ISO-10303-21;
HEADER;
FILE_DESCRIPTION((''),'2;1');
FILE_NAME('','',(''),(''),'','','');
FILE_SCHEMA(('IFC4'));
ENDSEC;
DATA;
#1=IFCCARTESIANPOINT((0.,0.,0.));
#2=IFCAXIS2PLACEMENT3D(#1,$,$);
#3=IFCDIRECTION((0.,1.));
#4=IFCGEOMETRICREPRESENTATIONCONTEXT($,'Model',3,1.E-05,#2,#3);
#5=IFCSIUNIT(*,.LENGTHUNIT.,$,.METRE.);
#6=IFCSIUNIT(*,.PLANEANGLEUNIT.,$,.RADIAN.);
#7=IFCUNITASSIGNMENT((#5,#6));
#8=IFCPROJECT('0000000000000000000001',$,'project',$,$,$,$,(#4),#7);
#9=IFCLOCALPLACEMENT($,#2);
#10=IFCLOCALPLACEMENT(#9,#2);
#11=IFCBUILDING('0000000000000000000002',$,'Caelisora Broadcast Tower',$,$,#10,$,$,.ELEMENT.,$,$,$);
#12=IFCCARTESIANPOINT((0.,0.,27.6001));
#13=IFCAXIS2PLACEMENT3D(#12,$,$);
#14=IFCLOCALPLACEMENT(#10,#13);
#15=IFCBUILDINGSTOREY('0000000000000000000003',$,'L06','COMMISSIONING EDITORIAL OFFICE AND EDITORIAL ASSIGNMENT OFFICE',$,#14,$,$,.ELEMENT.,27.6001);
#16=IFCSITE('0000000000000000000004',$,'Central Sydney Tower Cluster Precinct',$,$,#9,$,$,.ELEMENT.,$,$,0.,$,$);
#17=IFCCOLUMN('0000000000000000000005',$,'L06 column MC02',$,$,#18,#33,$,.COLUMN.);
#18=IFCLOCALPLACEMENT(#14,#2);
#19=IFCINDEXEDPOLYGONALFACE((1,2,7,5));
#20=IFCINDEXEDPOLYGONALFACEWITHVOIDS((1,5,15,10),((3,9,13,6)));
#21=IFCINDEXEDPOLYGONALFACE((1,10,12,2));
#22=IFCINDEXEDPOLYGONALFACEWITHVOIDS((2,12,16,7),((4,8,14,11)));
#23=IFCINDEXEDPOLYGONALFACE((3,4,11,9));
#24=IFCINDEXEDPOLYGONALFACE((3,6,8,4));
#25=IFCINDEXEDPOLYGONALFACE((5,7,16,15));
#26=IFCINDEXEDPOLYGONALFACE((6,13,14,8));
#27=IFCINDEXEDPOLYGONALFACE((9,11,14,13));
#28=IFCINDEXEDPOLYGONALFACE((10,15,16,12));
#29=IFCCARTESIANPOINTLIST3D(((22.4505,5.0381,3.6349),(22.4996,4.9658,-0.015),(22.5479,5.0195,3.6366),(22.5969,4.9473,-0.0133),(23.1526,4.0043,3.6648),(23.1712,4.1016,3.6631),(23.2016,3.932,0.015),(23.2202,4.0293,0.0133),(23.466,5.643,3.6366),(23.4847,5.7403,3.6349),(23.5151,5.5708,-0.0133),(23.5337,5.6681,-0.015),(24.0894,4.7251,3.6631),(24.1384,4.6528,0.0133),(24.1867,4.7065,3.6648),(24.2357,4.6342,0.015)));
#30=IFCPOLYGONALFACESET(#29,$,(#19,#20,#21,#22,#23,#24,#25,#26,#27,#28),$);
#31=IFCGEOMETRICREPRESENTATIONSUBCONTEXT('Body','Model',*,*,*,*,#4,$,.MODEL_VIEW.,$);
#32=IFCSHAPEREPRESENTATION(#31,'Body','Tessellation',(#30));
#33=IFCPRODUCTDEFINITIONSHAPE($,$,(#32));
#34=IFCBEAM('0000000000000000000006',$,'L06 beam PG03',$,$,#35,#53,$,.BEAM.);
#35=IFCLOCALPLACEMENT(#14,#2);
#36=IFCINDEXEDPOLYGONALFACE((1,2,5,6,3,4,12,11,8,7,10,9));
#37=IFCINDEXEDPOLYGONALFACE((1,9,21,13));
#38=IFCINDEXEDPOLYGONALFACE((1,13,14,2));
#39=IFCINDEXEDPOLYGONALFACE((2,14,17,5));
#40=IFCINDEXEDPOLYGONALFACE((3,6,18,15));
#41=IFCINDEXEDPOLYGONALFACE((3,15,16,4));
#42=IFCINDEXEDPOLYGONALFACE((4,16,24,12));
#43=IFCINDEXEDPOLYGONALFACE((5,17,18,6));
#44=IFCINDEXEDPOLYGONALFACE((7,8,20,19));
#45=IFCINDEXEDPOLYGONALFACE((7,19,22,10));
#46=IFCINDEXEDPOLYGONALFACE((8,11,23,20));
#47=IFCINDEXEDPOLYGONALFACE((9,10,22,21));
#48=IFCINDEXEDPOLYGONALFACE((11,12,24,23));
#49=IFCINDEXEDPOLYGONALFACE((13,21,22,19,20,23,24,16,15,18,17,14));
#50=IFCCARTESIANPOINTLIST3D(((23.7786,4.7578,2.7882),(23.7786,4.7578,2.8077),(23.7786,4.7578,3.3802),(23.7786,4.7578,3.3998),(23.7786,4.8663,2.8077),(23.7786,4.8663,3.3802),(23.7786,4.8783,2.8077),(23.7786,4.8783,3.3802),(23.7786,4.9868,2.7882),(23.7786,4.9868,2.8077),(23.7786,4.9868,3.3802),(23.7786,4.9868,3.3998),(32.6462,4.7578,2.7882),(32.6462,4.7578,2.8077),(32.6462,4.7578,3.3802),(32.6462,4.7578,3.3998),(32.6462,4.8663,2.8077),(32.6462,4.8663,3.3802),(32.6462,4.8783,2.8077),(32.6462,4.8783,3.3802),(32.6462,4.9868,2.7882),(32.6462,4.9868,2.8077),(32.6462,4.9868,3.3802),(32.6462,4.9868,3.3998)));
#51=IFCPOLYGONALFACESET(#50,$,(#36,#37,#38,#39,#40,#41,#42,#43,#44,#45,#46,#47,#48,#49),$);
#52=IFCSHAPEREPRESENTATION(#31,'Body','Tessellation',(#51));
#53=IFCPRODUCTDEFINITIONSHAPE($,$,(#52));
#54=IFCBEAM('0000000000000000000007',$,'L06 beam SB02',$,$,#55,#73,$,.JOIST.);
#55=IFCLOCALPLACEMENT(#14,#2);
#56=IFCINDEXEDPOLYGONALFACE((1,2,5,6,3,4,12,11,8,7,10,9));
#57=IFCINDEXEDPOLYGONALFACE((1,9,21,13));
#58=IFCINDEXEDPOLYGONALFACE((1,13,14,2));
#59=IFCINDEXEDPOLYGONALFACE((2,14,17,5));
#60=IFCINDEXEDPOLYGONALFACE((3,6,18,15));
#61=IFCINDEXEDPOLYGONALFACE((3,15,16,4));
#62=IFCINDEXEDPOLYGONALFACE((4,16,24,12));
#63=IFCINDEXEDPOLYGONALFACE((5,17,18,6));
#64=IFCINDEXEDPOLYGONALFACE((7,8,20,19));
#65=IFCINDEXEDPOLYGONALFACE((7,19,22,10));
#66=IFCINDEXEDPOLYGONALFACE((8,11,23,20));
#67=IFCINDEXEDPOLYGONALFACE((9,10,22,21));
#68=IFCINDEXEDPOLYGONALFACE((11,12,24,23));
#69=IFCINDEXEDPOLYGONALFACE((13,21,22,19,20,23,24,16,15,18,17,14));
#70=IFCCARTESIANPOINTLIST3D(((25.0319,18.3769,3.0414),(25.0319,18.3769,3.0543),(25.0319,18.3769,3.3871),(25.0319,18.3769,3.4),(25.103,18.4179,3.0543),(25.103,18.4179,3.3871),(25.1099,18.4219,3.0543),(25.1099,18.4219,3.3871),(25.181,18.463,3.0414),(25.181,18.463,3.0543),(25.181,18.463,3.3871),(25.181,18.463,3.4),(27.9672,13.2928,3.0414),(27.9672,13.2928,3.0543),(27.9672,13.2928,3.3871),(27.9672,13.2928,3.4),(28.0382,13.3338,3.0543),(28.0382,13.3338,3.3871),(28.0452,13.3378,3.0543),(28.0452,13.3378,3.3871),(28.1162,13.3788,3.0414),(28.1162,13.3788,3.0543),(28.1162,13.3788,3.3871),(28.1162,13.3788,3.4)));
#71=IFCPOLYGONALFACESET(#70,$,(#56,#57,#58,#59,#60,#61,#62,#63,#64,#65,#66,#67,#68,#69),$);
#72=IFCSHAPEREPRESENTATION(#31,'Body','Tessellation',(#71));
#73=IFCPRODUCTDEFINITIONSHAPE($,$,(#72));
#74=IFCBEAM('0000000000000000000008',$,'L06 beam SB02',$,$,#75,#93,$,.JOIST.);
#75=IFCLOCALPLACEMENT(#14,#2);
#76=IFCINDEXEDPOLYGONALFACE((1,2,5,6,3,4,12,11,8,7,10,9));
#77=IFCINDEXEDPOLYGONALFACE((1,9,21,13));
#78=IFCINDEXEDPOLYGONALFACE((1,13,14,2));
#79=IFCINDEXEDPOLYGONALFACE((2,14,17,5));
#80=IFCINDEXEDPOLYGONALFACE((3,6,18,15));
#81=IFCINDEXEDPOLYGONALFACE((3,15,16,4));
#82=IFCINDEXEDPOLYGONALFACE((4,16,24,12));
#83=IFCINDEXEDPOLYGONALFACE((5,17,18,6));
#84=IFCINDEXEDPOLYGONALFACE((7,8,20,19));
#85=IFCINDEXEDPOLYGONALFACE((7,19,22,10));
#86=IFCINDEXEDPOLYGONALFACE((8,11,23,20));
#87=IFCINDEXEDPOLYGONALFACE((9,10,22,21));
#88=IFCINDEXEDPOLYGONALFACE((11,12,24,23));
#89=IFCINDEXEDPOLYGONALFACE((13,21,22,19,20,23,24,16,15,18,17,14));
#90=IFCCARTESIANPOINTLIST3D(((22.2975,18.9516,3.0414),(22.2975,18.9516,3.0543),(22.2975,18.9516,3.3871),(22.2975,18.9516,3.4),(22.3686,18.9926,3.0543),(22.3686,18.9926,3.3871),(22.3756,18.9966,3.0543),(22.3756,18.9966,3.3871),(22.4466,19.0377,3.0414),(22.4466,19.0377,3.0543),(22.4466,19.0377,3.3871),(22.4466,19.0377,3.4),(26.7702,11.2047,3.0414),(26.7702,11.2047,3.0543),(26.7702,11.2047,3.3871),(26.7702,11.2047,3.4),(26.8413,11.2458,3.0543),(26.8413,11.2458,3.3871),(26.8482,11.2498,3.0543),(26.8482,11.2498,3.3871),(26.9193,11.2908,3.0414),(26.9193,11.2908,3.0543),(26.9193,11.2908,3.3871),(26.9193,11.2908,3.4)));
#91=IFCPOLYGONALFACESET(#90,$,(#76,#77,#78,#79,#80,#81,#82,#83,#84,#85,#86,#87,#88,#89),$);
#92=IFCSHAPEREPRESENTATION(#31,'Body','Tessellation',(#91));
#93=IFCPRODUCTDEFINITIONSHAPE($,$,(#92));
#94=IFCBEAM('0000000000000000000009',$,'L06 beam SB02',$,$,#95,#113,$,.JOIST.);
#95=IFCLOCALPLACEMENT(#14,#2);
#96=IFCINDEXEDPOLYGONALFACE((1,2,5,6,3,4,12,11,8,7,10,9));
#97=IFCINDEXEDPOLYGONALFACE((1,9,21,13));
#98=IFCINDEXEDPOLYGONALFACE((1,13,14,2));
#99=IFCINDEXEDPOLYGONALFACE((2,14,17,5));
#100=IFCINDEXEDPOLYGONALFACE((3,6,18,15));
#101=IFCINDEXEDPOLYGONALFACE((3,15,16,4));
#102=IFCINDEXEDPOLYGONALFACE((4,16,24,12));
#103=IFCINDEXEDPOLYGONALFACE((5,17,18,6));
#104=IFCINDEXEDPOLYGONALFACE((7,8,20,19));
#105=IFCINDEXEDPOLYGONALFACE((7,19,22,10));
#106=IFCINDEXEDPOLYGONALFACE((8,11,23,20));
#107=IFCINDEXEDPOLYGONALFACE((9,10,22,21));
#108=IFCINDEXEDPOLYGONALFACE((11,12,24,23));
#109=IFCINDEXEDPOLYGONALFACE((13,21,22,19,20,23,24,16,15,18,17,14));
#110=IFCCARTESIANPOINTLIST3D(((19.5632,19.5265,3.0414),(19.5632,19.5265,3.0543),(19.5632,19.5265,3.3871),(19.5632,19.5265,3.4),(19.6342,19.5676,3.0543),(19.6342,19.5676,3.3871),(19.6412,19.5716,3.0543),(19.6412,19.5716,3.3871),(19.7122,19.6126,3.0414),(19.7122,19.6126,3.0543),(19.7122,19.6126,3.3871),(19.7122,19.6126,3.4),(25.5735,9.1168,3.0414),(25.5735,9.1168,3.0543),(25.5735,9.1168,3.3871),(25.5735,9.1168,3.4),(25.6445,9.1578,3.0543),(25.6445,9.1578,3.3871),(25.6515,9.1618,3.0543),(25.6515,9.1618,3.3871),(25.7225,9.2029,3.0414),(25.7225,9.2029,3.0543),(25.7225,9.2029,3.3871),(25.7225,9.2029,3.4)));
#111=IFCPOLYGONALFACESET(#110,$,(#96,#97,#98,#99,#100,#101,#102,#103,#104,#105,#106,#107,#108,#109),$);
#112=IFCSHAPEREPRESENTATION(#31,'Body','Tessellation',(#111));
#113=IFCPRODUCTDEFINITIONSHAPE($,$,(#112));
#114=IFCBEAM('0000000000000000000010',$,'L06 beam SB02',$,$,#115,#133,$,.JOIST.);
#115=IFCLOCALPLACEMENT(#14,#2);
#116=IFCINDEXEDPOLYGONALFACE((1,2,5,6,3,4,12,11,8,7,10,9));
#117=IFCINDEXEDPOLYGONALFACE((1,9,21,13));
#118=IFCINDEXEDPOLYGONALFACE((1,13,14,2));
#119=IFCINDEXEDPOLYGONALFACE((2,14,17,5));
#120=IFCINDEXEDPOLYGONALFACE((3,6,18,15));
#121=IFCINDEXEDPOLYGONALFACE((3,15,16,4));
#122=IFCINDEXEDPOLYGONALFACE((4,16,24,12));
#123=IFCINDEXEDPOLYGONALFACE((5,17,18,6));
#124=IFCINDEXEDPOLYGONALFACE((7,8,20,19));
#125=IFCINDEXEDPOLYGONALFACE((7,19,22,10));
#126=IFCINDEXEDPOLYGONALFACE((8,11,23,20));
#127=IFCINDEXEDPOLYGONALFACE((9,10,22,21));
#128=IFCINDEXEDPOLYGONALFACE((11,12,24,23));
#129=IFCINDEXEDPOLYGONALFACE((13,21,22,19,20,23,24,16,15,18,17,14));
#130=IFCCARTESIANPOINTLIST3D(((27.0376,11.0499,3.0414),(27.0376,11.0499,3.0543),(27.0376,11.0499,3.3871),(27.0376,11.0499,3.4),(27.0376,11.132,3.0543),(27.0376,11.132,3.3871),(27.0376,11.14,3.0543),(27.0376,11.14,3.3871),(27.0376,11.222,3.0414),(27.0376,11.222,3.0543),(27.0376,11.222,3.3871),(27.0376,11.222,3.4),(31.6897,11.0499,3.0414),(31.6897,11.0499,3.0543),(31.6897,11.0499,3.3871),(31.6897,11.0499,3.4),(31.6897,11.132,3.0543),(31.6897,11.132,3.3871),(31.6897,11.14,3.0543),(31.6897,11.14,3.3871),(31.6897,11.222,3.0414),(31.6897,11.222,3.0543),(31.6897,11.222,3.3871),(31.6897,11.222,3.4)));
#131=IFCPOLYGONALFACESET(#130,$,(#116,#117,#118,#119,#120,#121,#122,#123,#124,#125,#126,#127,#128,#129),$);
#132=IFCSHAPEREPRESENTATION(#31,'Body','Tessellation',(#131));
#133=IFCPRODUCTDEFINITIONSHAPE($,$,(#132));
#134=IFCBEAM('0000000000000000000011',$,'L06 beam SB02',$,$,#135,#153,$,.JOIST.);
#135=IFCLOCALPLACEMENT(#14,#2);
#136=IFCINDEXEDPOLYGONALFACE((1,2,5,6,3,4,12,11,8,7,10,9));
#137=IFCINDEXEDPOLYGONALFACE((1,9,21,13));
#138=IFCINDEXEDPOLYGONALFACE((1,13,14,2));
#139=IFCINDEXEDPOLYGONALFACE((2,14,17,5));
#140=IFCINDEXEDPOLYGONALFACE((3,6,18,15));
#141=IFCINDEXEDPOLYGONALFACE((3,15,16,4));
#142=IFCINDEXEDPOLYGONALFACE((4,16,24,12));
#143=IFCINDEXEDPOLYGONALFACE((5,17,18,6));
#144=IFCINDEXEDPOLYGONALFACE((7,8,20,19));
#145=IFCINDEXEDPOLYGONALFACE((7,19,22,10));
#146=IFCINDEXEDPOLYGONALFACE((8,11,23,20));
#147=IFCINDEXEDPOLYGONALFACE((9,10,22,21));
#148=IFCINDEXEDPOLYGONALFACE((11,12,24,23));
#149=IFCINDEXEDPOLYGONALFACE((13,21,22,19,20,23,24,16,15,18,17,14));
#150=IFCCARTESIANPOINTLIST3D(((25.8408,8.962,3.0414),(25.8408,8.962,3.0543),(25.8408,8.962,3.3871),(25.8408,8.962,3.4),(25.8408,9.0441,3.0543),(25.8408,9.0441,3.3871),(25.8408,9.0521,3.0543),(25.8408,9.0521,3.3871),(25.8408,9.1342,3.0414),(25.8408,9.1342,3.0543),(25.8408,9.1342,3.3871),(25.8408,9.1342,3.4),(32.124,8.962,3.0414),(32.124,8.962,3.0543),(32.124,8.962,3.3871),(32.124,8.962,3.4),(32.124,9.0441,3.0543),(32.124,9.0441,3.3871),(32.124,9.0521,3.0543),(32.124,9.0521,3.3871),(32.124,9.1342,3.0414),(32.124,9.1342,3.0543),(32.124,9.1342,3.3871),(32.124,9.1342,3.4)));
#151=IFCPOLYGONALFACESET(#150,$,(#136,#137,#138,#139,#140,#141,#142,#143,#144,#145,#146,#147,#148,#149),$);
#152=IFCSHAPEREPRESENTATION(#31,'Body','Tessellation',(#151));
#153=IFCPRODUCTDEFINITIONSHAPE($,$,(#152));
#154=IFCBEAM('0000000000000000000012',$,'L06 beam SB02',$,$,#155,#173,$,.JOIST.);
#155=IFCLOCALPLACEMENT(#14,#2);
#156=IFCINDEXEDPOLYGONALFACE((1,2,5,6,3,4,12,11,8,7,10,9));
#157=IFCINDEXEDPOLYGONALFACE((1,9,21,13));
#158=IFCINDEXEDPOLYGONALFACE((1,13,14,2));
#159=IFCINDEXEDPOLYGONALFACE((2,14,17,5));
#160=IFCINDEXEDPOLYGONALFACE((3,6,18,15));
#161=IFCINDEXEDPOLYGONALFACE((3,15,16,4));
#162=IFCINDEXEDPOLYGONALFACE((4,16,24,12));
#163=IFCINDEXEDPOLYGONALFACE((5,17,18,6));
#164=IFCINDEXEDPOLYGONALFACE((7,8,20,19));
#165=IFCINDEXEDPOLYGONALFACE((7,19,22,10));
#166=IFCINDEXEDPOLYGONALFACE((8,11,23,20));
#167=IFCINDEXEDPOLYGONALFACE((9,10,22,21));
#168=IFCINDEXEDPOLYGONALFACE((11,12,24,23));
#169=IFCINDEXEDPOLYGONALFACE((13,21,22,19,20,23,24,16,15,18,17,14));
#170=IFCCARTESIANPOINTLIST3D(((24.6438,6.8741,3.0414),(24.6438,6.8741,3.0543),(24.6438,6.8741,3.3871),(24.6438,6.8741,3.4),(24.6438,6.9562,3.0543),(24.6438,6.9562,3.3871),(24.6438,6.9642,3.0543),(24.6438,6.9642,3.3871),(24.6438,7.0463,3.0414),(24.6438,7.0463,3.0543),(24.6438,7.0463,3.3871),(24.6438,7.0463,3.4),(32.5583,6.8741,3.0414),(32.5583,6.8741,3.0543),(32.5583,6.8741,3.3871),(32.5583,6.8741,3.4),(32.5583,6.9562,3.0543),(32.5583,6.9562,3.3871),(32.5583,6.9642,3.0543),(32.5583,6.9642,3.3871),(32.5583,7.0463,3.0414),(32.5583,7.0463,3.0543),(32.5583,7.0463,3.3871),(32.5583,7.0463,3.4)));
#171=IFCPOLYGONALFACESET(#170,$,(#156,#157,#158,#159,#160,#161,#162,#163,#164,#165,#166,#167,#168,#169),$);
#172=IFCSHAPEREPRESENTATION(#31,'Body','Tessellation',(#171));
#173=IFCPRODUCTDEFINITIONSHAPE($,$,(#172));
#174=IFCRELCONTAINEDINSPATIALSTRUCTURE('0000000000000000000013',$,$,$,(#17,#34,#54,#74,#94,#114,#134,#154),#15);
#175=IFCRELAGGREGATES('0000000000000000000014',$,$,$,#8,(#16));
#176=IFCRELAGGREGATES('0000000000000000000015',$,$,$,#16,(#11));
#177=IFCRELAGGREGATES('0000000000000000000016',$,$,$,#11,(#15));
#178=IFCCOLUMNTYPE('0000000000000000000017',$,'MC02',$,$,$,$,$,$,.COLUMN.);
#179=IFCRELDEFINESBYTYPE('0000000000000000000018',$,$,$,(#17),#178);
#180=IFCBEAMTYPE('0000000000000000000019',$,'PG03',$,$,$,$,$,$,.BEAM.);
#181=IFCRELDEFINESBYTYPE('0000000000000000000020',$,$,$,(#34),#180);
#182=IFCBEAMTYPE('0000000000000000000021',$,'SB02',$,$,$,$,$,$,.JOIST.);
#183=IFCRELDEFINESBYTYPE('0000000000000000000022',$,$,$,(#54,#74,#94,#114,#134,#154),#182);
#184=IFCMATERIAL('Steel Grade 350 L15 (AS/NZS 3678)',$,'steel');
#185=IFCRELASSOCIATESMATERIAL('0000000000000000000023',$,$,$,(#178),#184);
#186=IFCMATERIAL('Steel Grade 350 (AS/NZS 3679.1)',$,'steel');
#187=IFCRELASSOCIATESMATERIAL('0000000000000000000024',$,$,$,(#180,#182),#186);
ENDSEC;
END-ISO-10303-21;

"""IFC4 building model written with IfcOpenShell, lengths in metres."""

from ifc_helpers import new_model, si_unit, direction, frame, origin, origin_2d, place, context, subcontext, project, spatial, hollow_rectangle, i_section, extrude, source, transform, mapped, material, material_profile, profile_set, type_object, type_shapes, element, save


model = new_model("IFC4")

# Units and contexts
model_context = context("Model", 3, precision=1e-05, world=origin(), true_north=direction((0.0, 1.0)))
body_context = subcontext(model_context, "Body", "Model", "MODEL_VIEW")
ifc_project = project(units=[si_unit("LENGTHUNIT", "METRE"), si_unit("PLANEANGLEUNIT", "RADIAN")], contexts=[model_context])

# Site, building, storey
site_placement = place(None, origin())
site = spatial("IfcSite", under=ifc_project, at=site_placement, Name="Central Sydney Tower Cluster Precinct", CompositionType="ELEMENT", RefElevation=0.0)
building_placement = place(site_placement, origin())
building = spatial("IfcBuilding", under=site, at=building_placement, Name="Caelisora Broadcast Tower", CompositionType="ELEMENT")
storey_placement = place(building_placement, frame((0.0, 0.0, 27.6001)))
storey = spatial("IfcBuildingStorey", under=building, at=storey_placement, Name="L06", Description="COMMISSIONING EDITORIAL OFFICE AND EDITORIAL ASSIGNMENT OFFICE", CompositionType="ELEMENT", Elevation=27.6001)

# Column
ifc_material_1 = material(Name="Steel Grade 350 L15 (AS/NZS 3678)", Category="steel")
ifc_material_profile_1 = material_profile(ifc_material_1, hollow_rectangle(XDim=1.25, YDim=1.25, WallThickness=0.0701, at=origin_2d()), Name="Steel Grade 350 L15 (AS/NZS 3678)")
ifc_profile_set_1 = profile_set([ifc_material_profile_1], Name="Steel Grade 350 L15 (AS/NZS 3678)")
column_type = type_object("IfcColumnType", Name="MC02", PredefinedType="COLUMN", material=ifc_profile_set_1)
shared_shape_1 = source(origin(), body_context, "Body", "SweptSolid", [
    extrude(hollow_rectangle(XDim=1.25, YDim=1.25, WallThickness=0.0701, at=origin_2d()), origin(), (0.0, 0.0, 1.0), 3.6509),
])
type_shapes(column_type, [shared_shape_1])
column_placement = place(storey_placement, frame((23.3677, 4.8, 0.0), z_axis=(-0.013441, 0.019794, 0.999714), x_axis=(-0.82729, -0.561775, 0.0)))
element("IfcColumn", 1, at=column_placement, inside=storey, type_object=column_type, Name="L06 column MC02", PredefinedType="COLUMN", context=body_context, shape_type="MappedRepresentation", body=[
    mapped(shared_shape_1, transform((0.0, 0.0, 0.0), scale=1.0)),
])

# Beams
ifc_material_2 = material(Name="Steel Grade 350 (AS/NZS 3679.1)", Category="steel")
ifc_material_profile_2 = material_profile(ifc_material_2, i_section(OverallWidth=0.229, OverallDepth=0.6116, WebThickness=0.012, FlangeThickness=0.0195, at=origin_2d()), Name="Steel Grade 350 (AS/NZS 3679.1)")
ifc_profile_set_2 = profile_set([ifc_material_profile_2], Name="Steel Grade 350 (AS/NZS 3679.1)")
beam_type_1 = type_object("IfcBeamType", Name="PG03", PredefinedType="BEAM", material=ifc_profile_set_2)
shared_shape_2 = source(origin(), body_context, "Body", "SweptSolid", [
    extrude(i_section(OverallWidth=0.229, OverallDepth=0.6116, WebThickness=0.012, FlangeThickness=0.0195, at=origin_2d()), origin(), (0.0, 0.0, 1.0), 8.8677),
])
type_shapes(beam_type_1, [shared_shape_2])
beam_1_placement = place(storey_placement, frame((23.7786, 4.8723, 3.094), z_axis=(1.0, 0.0, 0.0), x_axis=(0.0, 1.0, 0.0)))
element("IfcBeam", 2, at=beam_1_placement, inside=storey, type_object=beam_type_1, Name="L06 beam PG03", PredefinedType="BEAM", context=body_context, shape_type="MappedRepresentation", body=[
    mapped(shared_shape_2, transform((0.0, 0.0, 0.0), scale=1.0)),
])
ifc_material_profile_3 = material_profile(ifc_material_2, i_section(OverallWidth=0.1721, OverallDepth=0.3586, WebThickness=0.0081, FlangeThickness=0.0129, at=origin_2d()), Name="Steel Grade 350 (AS/NZS 3679.1)")
ifc_profile_set_3 = profile_set([ifc_material_profile_3], Name="Steel Grade 350 (AS/NZS 3679.1)")
beam_type_2 = type_object("IfcBeamType", Name="SB02", PredefinedType="JOIST", material=ifc_profile_set_3)
shared_shape_3 = source(origin(), body_context, "Body", "SweptSolid", [
    extrude(i_section(OverallWidth=0.1721, OverallDepth=0.3586, WebThickness=0.0081, FlangeThickness=0.0129, at=origin_2d()), origin(), (0.0, 0.0, 1.0), 5.8706),
])
beam_2_placement = place(storey_placement, frame((25.1064, 18.4199, 3.2207), z_axis=(0.49999, -0.866031, 0.0), x_axis=(0.866031, 0.49999, 0.0)))
element("IfcBeam", 3, at=beam_2_placement, inside=storey, type_object=beam_type_2, Name="L06 beam SB02", PredefinedType="JOIST", context=body_context, shape_type="MappedRepresentation", body=[
    mapped(shared_shape_3, transform((0.0, 0.0, 0.0), scale=1.0)),
])
shared_shape_4 = source(origin(), body_context, "Body", "SweptSolid", [
    extrude(i_section(OverallWidth=0.1721, OverallDepth=0.3586, WebThickness=0.0081, FlangeThickness=0.0129, at=origin_2d()), origin(), (0.0, 0.0, 1.0), 8.9453),
])
beam_3_placement = place(storey_placement, frame((22.3721, 18.9946, 3.2207), z_axis=(0.500002, -0.866024, 0.0), x_axis=(0.866024, 0.500002, 0.0)))
element("IfcBeam", 4, at=beam_3_placement, inside=storey, type_object=beam_type_2, Name="L06 beam SB02", PredefinedType="JOIST", context=body_context, shape_type="MappedRepresentation", body=[
    mapped(shared_shape_4, transform((0.0, 0.0, 0.0), scale=1.0)),
])
shared_shape_5 = source(origin(), body_context, "Body", "SweptSolid", [
    extrude(i_section(OverallWidth=0.1721, OverallDepth=0.3586, WebThickness=0.0081, FlangeThickness=0.0129, at=origin_2d()), origin(), (0.0, 0.0, 1.0), 12.0203),
])
beam_4_placement = place(storey_placement, frame((19.6377, 19.5696, 3.2207), z_axis=(0.500014, -0.866017, 0.0), x_axis=(0.866017, 0.500014, 0.0)))
element("IfcBeam", 5, at=beam_4_placement, inside=storey, type_object=beam_type_2, Name="L06 beam SB02", PredefinedType="JOIST", context=body_context, shape_type="MappedRepresentation", body=[
    mapped(shared_shape_5, transform((0.0, 0.0, 0.0), scale=1.0)),
])
shared_shape_6 = source(origin(), body_context, "Body", "SweptSolid", [
    extrude(i_section(OverallWidth=0.1721, OverallDepth=0.3586, WebThickness=0.0081, FlangeThickness=0.0129, at=origin_2d()), origin(), (0.0, 0.0, 1.0), 4.6521),
])
beam_5_placement = place(storey_placement, frame((27.0376, 11.136, 3.2207), z_axis=(1.0, 0.0, 0.0), x_axis=(0.0, 1.0, 0.0)))
element("IfcBeam", 6, at=beam_5_placement, inside=storey, type_object=beam_type_2, Name="L06 beam SB02", PredefinedType="JOIST", context=body_context, shape_type="MappedRepresentation", body=[
    mapped(shared_shape_6, transform((0.0, 0.0, 0.0), scale=1.0)),
])
shared_shape_7 = source(origin(), body_context, "Body", "SweptSolid", [
    extrude(i_section(OverallWidth=0.1721, OverallDepth=0.3586, WebThickness=0.0081, FlangeThickness=0.0129, at=origin_2d()), origin(), (0.0, 0.0, 1.0), 6.2832),
])
beam_6_placement = place(storey_placement, frame((25.8408, 9.0481, 3.2207), z_axis=(1.0, 0.0, 0.0), x_axis=(0.0, 1.0, 0.0)))
element("IfcBeam", 7, at=beam_6_placement, inside=storey, type_object=beam_type_2, Name="L06 beam SB02", PredefinedType="JOIST", context=body_context, shape_type="MappedRepresentation", body=[
    mapped(shared_shape_7, transform((0.0, 0.0, 0.0), scale=1.0)),
])
shared_shape_8 = source(origin(), body_context, "Body", "SweptSolid", [
    extrude(i_section(OverallWidth=0.1721, OverallDepth=0.3586, WebThickness=0.0081, FlangeThickness=0.0129, at=origin_2d()), origin(), (0.0, 0.0, 1.0), 7.9146),
])
type_shapes(beam_type_2, [shared_shape_3, shared_shape_4, shared_shape_5, shared_shape_6, shared_shape_7, shared_shape_8])
beam_7_placement = place(storey_placement, frame((24.6438, 6.9602, 3.2207), z_axis=(1.0, 0.0, 0.0), x_axis=(0.0, 1.0, 0.0)))
element("IfcBeam", 8, at=beam_7_placement, inside=storey, type_object=beam_type_2, Name="L06 beam SB02", PredefinedType="JOIST", context=body_context, shape_type="MappedRepresentation", body=[
    mapped(shared_shape_8, transform((0.0, 0.0, 0.0), scale=1.0)),
])

save(model, "model.ifc")
